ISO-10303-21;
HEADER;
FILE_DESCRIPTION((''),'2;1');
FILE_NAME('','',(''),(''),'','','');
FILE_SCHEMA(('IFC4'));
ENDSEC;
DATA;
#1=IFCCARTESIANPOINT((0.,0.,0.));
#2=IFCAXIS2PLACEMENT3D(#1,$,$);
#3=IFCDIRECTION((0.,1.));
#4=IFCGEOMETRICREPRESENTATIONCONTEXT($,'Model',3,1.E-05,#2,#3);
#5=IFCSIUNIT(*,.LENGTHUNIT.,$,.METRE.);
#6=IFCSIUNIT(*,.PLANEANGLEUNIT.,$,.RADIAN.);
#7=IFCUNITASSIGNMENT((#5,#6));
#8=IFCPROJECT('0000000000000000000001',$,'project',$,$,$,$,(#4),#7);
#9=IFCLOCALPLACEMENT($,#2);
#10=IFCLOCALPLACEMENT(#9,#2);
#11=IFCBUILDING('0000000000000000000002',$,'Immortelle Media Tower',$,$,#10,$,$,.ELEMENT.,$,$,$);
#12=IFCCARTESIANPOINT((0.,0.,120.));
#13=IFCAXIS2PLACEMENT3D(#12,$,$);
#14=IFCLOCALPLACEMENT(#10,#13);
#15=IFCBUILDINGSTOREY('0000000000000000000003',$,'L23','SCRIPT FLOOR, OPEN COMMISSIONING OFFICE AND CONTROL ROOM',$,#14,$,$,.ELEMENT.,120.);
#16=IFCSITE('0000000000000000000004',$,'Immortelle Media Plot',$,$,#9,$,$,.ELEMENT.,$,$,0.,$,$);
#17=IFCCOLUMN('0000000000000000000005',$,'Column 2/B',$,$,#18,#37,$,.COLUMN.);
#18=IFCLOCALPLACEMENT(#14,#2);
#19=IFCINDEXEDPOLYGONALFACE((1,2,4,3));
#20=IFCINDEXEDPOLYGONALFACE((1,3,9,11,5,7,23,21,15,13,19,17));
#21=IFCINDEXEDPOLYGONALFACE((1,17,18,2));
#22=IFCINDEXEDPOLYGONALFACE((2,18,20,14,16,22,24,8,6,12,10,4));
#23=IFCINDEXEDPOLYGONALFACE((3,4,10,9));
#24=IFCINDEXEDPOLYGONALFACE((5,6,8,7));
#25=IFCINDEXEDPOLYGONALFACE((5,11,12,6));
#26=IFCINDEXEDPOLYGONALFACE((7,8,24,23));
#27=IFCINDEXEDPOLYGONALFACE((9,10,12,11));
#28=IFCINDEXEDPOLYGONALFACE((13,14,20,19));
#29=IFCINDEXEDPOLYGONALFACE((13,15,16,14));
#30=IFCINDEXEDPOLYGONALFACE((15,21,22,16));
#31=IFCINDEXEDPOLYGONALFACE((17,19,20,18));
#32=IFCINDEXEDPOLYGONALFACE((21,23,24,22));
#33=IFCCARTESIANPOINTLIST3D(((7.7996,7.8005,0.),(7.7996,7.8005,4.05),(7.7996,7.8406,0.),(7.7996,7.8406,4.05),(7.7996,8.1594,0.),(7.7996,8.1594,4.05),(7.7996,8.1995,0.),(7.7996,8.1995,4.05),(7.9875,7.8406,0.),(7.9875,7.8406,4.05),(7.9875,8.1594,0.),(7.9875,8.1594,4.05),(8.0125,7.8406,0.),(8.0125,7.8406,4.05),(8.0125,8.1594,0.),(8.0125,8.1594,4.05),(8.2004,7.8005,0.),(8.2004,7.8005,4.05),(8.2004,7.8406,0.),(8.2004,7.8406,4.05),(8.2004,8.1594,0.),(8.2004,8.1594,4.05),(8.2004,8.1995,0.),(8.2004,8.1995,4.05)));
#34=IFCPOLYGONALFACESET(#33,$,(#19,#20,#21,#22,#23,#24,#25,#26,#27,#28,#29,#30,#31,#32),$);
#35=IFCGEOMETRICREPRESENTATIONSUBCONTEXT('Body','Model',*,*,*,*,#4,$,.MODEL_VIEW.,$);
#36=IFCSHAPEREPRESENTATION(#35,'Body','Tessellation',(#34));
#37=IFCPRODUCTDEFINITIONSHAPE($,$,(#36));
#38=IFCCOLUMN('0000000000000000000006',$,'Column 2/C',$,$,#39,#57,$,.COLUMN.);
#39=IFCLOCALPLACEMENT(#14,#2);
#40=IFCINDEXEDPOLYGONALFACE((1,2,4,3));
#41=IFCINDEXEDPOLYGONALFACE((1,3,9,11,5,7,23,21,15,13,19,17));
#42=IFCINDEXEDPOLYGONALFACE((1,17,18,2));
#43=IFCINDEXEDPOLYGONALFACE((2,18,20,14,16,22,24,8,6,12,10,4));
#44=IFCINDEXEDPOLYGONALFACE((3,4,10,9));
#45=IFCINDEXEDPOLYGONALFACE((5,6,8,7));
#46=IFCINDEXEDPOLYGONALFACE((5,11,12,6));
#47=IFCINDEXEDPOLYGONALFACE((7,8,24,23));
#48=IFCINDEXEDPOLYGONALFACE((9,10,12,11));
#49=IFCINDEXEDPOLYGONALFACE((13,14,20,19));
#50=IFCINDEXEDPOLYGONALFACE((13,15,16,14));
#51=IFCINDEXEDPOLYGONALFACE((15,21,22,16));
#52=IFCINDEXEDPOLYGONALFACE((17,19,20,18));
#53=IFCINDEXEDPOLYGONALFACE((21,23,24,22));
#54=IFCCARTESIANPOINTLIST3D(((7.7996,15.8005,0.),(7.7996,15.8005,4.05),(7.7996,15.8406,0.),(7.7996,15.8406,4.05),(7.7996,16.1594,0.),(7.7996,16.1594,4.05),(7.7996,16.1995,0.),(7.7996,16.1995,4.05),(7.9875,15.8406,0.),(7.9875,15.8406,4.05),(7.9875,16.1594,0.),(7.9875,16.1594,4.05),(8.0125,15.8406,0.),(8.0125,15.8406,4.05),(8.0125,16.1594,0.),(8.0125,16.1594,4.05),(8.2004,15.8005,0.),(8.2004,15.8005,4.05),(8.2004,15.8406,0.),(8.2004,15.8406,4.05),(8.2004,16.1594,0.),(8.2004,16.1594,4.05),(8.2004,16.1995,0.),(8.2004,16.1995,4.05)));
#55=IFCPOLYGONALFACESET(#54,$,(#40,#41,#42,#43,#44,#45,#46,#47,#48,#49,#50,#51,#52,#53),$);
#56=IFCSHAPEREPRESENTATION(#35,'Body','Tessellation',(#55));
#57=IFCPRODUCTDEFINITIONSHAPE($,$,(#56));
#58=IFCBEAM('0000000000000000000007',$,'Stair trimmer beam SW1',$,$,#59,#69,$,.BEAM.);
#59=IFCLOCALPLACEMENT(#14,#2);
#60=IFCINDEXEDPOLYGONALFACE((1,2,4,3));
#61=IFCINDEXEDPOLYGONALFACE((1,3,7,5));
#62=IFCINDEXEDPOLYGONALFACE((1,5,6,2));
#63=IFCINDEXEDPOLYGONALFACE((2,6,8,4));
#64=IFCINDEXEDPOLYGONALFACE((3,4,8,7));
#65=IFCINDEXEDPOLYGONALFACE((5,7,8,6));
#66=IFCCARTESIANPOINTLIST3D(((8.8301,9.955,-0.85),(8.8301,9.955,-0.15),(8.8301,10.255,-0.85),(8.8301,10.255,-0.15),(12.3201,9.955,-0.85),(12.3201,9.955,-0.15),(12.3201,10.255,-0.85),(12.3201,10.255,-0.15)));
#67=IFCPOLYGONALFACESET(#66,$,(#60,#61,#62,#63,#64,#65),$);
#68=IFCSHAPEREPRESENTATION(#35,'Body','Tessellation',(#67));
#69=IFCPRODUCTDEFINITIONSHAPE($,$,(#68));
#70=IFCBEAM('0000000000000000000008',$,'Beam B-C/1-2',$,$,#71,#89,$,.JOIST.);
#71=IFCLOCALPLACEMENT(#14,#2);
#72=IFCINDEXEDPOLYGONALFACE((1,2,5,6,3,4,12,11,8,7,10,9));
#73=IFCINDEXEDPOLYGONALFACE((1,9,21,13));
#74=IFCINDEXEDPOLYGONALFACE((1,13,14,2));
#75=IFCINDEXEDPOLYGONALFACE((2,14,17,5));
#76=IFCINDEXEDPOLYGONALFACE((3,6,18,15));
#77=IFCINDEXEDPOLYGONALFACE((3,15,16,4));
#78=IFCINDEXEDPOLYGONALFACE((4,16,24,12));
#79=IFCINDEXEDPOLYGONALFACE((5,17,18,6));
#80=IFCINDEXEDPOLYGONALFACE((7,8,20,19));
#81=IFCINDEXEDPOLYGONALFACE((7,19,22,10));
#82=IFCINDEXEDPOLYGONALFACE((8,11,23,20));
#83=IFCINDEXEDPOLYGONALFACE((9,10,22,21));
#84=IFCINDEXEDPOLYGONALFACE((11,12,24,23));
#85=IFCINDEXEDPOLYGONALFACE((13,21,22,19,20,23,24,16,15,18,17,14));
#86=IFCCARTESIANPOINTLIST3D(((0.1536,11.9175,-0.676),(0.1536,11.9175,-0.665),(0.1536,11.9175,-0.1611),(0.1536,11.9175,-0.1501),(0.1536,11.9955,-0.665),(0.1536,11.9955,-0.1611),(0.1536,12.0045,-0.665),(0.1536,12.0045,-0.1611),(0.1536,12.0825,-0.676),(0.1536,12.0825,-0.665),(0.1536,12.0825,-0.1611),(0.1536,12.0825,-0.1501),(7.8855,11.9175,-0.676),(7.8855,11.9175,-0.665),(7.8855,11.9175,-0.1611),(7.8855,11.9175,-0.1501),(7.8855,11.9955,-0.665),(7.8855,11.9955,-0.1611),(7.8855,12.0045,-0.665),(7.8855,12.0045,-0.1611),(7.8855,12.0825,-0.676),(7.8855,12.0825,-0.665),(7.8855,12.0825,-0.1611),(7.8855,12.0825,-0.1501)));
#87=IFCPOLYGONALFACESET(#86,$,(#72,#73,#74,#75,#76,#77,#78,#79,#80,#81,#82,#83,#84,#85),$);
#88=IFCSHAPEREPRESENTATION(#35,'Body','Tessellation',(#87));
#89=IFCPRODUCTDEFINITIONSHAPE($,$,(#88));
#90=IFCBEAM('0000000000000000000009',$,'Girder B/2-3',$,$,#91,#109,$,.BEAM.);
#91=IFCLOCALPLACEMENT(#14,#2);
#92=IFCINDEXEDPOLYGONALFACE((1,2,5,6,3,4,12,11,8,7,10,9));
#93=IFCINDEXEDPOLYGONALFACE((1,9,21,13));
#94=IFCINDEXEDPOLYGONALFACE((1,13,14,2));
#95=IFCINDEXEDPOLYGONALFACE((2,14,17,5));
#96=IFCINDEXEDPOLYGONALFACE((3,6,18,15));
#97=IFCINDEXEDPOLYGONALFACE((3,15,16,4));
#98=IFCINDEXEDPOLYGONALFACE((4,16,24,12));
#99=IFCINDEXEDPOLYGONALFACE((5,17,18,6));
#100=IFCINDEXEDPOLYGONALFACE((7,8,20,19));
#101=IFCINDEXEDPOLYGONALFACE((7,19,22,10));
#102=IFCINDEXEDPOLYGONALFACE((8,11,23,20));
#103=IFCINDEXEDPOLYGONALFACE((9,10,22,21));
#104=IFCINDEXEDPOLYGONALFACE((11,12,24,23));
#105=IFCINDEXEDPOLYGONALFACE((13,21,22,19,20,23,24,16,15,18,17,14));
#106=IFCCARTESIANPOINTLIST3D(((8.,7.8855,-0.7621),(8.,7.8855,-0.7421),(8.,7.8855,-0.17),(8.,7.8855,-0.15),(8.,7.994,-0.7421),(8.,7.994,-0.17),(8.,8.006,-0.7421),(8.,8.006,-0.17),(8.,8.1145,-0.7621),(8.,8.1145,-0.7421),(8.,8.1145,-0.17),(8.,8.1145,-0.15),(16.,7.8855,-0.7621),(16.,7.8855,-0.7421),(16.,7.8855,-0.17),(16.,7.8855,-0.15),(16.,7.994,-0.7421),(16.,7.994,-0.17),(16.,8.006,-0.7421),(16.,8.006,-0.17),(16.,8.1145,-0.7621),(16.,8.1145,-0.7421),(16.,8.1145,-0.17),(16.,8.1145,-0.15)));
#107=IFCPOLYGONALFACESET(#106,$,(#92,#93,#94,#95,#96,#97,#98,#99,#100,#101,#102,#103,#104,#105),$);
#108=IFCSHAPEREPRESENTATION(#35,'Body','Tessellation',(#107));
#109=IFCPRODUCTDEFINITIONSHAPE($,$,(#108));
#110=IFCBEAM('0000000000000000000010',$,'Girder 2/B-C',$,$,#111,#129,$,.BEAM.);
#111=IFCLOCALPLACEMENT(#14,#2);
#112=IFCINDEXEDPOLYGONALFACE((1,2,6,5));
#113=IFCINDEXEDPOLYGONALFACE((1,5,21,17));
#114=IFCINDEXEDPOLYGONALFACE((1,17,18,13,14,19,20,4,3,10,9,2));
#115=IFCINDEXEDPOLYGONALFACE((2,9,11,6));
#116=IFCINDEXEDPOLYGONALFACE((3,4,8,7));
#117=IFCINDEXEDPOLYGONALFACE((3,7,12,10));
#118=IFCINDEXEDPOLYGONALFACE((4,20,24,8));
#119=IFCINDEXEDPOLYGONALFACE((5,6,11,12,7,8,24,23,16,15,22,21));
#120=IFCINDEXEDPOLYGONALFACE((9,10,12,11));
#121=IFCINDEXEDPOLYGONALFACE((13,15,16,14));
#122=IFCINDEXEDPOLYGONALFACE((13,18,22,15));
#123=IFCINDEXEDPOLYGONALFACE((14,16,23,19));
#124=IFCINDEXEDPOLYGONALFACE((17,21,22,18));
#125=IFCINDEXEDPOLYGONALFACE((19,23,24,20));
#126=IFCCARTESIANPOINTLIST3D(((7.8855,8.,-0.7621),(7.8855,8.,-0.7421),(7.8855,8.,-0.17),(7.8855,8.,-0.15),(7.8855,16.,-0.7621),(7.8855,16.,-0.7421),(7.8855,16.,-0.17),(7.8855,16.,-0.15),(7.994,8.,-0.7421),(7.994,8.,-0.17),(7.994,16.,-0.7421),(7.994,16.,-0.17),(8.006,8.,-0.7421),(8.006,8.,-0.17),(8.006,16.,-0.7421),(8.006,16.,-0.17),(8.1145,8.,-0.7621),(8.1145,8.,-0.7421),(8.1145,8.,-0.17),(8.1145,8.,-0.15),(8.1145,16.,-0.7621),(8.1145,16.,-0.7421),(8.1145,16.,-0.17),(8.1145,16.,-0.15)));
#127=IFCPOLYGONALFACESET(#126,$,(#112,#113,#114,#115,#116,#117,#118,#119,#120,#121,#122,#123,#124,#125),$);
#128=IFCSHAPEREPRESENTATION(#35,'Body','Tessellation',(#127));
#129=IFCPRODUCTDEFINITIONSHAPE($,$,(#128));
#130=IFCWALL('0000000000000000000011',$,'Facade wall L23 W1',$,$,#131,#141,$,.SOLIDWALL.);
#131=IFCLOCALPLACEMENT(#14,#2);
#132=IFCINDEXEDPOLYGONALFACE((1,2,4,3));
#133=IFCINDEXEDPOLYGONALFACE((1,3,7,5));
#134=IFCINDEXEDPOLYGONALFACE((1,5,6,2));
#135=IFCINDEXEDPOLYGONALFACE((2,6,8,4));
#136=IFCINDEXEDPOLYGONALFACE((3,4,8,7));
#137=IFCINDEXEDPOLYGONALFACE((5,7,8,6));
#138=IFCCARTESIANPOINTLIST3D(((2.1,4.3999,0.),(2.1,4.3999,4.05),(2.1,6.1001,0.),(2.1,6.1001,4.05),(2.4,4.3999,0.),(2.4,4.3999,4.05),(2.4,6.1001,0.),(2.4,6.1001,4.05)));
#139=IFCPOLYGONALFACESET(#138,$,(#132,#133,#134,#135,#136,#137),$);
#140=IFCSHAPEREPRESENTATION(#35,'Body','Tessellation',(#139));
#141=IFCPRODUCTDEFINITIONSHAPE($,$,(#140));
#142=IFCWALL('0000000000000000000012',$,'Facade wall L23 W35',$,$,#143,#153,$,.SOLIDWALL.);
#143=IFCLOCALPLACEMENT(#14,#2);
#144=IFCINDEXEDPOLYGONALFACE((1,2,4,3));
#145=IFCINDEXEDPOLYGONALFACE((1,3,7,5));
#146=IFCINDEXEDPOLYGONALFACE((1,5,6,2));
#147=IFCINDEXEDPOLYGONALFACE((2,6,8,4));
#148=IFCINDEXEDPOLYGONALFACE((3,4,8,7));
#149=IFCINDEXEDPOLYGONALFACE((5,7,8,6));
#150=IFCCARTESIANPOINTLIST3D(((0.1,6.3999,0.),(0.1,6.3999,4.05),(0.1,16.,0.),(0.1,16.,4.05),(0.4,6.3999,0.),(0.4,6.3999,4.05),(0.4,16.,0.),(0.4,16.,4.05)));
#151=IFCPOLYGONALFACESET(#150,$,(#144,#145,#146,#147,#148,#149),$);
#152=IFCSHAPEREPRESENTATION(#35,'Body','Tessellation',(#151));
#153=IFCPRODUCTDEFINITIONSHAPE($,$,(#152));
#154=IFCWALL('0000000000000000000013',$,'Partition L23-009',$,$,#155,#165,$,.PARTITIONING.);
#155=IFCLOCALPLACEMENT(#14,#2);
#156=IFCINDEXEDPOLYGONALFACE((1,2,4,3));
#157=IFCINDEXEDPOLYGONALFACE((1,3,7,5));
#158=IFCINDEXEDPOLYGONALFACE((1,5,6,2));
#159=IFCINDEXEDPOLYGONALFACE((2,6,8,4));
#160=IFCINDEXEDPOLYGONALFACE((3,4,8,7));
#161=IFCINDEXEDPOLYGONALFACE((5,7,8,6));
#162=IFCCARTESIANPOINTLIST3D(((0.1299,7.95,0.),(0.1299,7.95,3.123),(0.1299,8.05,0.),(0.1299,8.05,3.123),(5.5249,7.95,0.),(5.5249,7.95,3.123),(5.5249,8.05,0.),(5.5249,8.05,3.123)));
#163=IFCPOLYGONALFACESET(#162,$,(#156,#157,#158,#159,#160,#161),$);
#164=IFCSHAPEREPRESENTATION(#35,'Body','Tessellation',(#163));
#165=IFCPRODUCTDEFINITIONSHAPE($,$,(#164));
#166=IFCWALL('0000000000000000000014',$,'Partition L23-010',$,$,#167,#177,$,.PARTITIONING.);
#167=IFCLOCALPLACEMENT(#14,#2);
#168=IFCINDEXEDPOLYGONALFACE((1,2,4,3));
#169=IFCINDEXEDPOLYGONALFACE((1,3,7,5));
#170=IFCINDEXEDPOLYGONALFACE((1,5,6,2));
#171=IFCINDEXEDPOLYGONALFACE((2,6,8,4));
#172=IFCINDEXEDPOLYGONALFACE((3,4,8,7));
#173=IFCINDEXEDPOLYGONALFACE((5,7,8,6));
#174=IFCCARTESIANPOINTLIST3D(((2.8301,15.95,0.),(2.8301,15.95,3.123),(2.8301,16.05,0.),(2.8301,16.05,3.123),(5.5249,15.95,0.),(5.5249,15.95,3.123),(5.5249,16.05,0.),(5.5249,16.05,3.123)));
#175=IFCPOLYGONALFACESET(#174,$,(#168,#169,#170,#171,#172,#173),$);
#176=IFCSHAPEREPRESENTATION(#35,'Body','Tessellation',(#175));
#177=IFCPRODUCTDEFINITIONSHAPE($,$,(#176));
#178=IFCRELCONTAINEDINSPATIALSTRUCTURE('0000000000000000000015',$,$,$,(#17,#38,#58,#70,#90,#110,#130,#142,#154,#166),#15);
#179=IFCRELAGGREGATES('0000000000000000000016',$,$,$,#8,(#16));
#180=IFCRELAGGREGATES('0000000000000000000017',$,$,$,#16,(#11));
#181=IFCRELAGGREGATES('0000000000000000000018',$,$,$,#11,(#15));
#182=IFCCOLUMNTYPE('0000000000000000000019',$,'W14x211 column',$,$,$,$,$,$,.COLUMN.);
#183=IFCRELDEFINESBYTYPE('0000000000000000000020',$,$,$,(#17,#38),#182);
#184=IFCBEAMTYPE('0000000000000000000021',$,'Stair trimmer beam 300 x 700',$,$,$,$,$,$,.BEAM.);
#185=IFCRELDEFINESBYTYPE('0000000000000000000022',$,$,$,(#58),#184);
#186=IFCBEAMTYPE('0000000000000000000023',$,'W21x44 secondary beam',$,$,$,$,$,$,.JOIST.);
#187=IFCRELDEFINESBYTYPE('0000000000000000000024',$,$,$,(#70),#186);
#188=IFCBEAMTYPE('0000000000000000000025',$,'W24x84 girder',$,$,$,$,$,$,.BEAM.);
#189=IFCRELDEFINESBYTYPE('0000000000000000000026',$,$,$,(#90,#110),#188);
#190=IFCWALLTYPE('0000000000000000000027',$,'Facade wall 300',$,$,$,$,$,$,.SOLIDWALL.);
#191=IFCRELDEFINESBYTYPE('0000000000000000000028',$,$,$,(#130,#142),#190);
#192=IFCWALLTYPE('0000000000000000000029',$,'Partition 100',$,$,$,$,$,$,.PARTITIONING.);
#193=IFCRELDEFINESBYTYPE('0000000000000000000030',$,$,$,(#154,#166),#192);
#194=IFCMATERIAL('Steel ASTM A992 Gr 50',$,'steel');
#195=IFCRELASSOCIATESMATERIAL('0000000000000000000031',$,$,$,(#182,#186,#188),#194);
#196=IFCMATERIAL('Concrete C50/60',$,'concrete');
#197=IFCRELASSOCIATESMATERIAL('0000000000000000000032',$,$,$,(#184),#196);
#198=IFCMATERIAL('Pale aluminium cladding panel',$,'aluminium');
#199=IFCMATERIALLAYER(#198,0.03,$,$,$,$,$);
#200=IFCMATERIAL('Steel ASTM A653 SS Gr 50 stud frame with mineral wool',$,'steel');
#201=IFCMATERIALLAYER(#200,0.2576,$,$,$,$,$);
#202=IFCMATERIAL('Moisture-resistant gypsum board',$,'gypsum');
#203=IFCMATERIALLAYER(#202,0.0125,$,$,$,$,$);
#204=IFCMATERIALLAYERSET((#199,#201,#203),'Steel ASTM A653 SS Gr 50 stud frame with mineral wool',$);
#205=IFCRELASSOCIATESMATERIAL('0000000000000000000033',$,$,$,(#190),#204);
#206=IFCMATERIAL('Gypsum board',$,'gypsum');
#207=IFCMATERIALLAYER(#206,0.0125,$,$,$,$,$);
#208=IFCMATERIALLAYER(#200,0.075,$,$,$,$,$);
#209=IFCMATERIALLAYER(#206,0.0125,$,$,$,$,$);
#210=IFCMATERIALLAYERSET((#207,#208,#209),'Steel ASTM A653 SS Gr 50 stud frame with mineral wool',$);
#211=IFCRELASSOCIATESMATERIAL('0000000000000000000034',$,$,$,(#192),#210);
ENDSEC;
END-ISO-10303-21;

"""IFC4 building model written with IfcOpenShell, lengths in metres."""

from ifc_helpers import new_model, si_unit, direction, frame, frame_2d, origin, origin_2d, place, context, subcontext, project, spatial, rectangle, i_section, extrude, material, layer, layer_set, material_profile, profile_set, type_object, element, save


model = new_model("IFC4")

# Units and contexts
model_context = context("Model", 3, precision=1e-05, world=origin(), true_north=direction((0.0, 1.0)))
body_context = subcontext(model_context, "Body", "Model", "MODEL_VIEW")
ifc_project = project(units=[si_unit("LENGTHUNIT", "METRE"), si_unit("PLANEANGLEUNIT", "RADIAN")], contexts=[model_context])

# Site, building, storey
site_placement = place(None, origin())
site = spatial("IfcSite", under=ifc_project, at=site_placement, Name="Immortelle Media Plot", CompositionType="ELEMENT", RefElevation=0.0)
building_placement = place(site_placement, origin())
building = spatial("IfcBuilding", under=site, at=building_placement, Name="Immortelle Media Tower", CompositionType="ELEMENT")
storey_placement = place(building_placement, frame((0.0, 0.0, 120.0)))
storey = spatial("IfcBuildingStorey", under=building, at=storey_placement, Name="L23", Description="SCRIPT FLOOR, OPEN COMMISSIONING OFFICE AND CONTROL ROOM", CompositionType="ELEMENT", Elevation=120.0)

# Columns
ifc_material_1 = material(Name="Steel ASTM A992 Gr 50", Category="steel")
ifc_material_profile_1 = material_profile(ifc_material_1, i_section(OverallWidth=0.4009, OverallDepth=0.3989, WebThickness=0.0249, FlangeThickness=0.04, at=origin_2d()), Name="W14x211")
ifc_profile_set_1 = profile_set([ifc_material_profile_1], Name="Steel ASTM A992 Gr 50")
column_type = type_object("IfcColumnType", Name="W14x211 column", PredefinedType="COLUMN", material=ifc_profile_set_1)
for number, where, z_axis, x_axis, name in (
    (1, (8.0, 8.0, 0.0), (0.0, 0.0, 1.0), (1.0, 0.0, 0.0), "Column 2/B"),
    (2, (8.0, 16.0, 0.0), (0.0, 0.0, 1.0), (1.0, 0.0, 0.0), "Column 2/C"),
):
    element("IfcColumn", number, at=place(storey_placement, frame(where, z_axis=z_axis, x_axis=x_axis)), inside=storey, type_object=column_type, Name=name, PredefinedType="COLUMN", context=body_context, shape_type="SweptSolid", body=[
        extrude(i_section(OverallWidth=0.4009, OverallDepth=0.3989, WebThickness=0.0249, FlangeThickness=0.04, at=origin_2d()), origin(), (0.0, 0.0, 1.0), 4.05),
    ])

# Beams
ifc_material_2 = material(Name="Concrete C50/60", Category="concrete")
ifc_material_profile_2 = material_profile(ifc_material_2, rectangle(XDim=0.3, YDim=0.7, at=origin_2d()), Name="RC 300x700")
ifc_profile_set_2 = profile_set([ifc_material_profile_2], Name="Concrete C50/60")
beam_type_1 = type_object("IfcBeamType", Name="Stair trimmer beam 300 x 700", PredefinedType="BEAM", material=ifc_profile_set_2)
beam_1_placement = place(storey_placement, frame((8.8301, 10.105, -0.5), z_axis=(1.0, 0.0, 0.0), x_axis=(0.0, 1.0, 0.0)))
element("IfcBeam", 3, at=beam_1_placement, inside=storey, type_object=beam_type_1, Name="Stair trimmer beam SW1", PredefinedType="BEAM", context=body_context, shape_type="SweptSolid", body=[
    extrude(rectangle(XDim=0.3, YDim=0.7, at=origin_2d()), origin(), (0.0, 0.0, 1.0), 3.49),
])
ifc_material_profile_3 = material_profile(ifc_material_1, i_section(OverallWidth=0.165, OverallDepth=0.5259, WebThickness=0.009, FlangeThickness=0.011, at=origin_2d()), Name="W21x44")
ifc_profile_set_3 = profile_set([ifc_material_profile_3], Name="Steel ASTM A992 Gr 50")
beam_type_2 = type_object("IfcBeamType", Name="W21x44 secondary beam", PredefinedType="JOIST", material=ifc_profile_set_3)
beam_2_placement = place(storey_placement, frame((0.1536, 12.0, -0.4131), z_axis=(1.0, 0.0, 0.0), x_axis=(0.0, 1.0, 0.0)))
element("IfcBeam", 4, at=beam_2_placement, inside=storey, type_object=beam_type_2, Name="Beam B-C/1-2", PredefinedType="JOIST", context=body_context, shape_type="SweptSolid", body=[
    extrude(i_section(OverallWidth=0.165, OverallDepth=0.5259, WebThickness=0.009, FlangeThickness=0.011, at=origin_2d()), origin(), (0.0, 0.0, 1.0), 7.7319),
])
ifc_material_profile_4 = material_profile(ifc_material_1, i_section(OverallWidth=0.229, OverallDepth=0.6121, WebThickness=0.012, FlangeThickness=0.02, at=origin_2d()), Name="W24x84")
ifc_profile_set_4 = profile_set([ifc_material_profile_4], Name="Steel ASTM A992 Gr 50")
beam_type_3 = type_object("IfcBeamType", Name="W24x84 girder", PredefinedType="BEAM", material=ifc_profile_set_4)
for number, where, z_axis, x_axis, name in (
    (5, (8.0, 8.0, -0.4561), (1.0, 0.0, 0.0), (0.0, 1.0, 0.0), "Girder B/2-3"),
    (6, (8.0, 8.0, -0.4561), (0.0, 1.0, 0.0), (-1.0, 0.0, 0.0), "Girder 2/B-C"),
):
    element("IfcBeam", number, at=place(storey_placement, frame(where, z_axis=z_axis, x_axis=x_axis)), inside=storey, type_object=beam_type_3, Name=name, PredefinedType="BEAM", context=body_context, shape_type="SweptSolid", body=[
        extrude(i_section(OverallWidth=0.229, OverallDepth=0.6121, WebThickness=0.012, FlangeThickness=0.02, at=origin_2d()), origin(), (0.0, 0.0, 1.0), 8.0),
    ])

# Walls
ifc_material_3 = material(Name="Pale aluminium cladding panel", Category="aluminium")
ifc_layer_1 = layer(ifc_material_3, 0.03)
ifc_material_4 = material(Name="Steel ASTM A653 SS Gr 50 stud frame with mineral wool", Category="steel")
ifc_layer_2 = layer(ifc_material_4, 0.2576)
ifc_material_5 = material(Name="Moisture-resistant gypsum board", Category="gypsum")
ifc_layer_3 = layer(ifc_material_5, 0.0125)
ifc_layer_set_1 = layer_set([ifc_layer_1, ifc_layer_2, ifc_layer_3], Name="Steel ASTM A653 SS Gr 50 stud frame with mineral wool")
wall_type_1 = type_object("IfcWallType", Name="Facade wall 300", PredefinedType="SOLIDWALL", material=ifc_layer_set_1)
wall_1_placement = place(storey_placement, frame((2.25, 6.1001, 0.0), z_axis=(0.0, 0.0, 1.0), x_axis=(0.0, -1.0, 0.0)))
element("IfcWall", 7, at=wall_1_placement, inside=storey, type_object=wall_type_1, Name="Facade wall L23 W1", PredefinedType="SOLIDWALL", context=body_context, shape_type="SweptSolid", body=[
    extrude(rectangle(XDim=1.7002, YDim=0.3, at=frame_2d((0.8501, 0.0))), origin(), (0.0, 0.0, 1.0), 4.05),
])
wall_2_placement = place(storey_placement, frame((0.25, 16.0, 0.0), z_axis=(0.0, 0.0, 1.0), x_axis=(0.0, -1.0, 0.0)))
element("IfcWall", 8, at=wall_2_placement, inside=storey, type_object=wall_type_1, Name="Facade wall L23 W35", PredefinedType="SOLIDWALL", context=body_context, shape_type="SweptSolid", body=[
    extrude(rectangle(XDim=9.6001, YDim=0.3, at=frame_2d((4.8, 0.0))), origin(), (0.0, 0.0, 1.0), 4.05),
])
ifc_material_6 = material(Name="Gypsum board", Category="gypsum")
ifc_layer_4 = layer(ifc_material_6, 0.0125)
ifc_layer_5 = layer(ifc_material_4, 0.075)
ifc_layer_6 = layer(ifc_material_6, 0.0125)
ifc_layer_set_2 = layer_set([ifc_layer_4, ifc_layer_5, ifc_layer_6], Name="Steel ASTM A653 SS Gr 50 stud frame with mineral wool")
wall_type_2 = type_object("IfcWallType", Name="Partition 100", PredefinedType="PARTITIONING", material=ifc_layer_set_2)
wall_3_placement = place(storey_placement, frame((0.1299, 8.0, 0.0), z_axis=(0.0, 0.0, 1.0), x_axis=(1.0, 0.0, 0.0)))
element("IfcWall", 9, at=wall_3_placement, inside=storey, type_object=wall_type_2, Name="Partition L23-009", PredefinedType="PARTITIONING", context=body_context, shape_type="SweptSolid", body=[
    extrude(rectangle(XDim=5.395, YDim=0.1001, at=frame_2d((2.6975, 0.0))), origin(), (0.0, 0.0, 1.0), 3.123),
])
wall_4_placement = place(storey_placement, frame((2.8301, 16.0, 0.0), z_axis=(0.0, 0.0, 1.0), x_axis=(1.0, 0.0, 0.0)))
element("IfcWall", 10, at=wall_4_placement, inside=storey, type_object=wall_type_2, Name="Partition L23-010", PredefinedType="PARTITIONING", context=body_context, shape_type="SweptSolid", body=[
    extrude(rectangle(XDim=2.6948, YDim=0.1001, at=frame_2d((1.3474, 0.0))), origin(), (0.0, 0.0, 1.0), 3.123),
])

save(model, "model.ifc")
